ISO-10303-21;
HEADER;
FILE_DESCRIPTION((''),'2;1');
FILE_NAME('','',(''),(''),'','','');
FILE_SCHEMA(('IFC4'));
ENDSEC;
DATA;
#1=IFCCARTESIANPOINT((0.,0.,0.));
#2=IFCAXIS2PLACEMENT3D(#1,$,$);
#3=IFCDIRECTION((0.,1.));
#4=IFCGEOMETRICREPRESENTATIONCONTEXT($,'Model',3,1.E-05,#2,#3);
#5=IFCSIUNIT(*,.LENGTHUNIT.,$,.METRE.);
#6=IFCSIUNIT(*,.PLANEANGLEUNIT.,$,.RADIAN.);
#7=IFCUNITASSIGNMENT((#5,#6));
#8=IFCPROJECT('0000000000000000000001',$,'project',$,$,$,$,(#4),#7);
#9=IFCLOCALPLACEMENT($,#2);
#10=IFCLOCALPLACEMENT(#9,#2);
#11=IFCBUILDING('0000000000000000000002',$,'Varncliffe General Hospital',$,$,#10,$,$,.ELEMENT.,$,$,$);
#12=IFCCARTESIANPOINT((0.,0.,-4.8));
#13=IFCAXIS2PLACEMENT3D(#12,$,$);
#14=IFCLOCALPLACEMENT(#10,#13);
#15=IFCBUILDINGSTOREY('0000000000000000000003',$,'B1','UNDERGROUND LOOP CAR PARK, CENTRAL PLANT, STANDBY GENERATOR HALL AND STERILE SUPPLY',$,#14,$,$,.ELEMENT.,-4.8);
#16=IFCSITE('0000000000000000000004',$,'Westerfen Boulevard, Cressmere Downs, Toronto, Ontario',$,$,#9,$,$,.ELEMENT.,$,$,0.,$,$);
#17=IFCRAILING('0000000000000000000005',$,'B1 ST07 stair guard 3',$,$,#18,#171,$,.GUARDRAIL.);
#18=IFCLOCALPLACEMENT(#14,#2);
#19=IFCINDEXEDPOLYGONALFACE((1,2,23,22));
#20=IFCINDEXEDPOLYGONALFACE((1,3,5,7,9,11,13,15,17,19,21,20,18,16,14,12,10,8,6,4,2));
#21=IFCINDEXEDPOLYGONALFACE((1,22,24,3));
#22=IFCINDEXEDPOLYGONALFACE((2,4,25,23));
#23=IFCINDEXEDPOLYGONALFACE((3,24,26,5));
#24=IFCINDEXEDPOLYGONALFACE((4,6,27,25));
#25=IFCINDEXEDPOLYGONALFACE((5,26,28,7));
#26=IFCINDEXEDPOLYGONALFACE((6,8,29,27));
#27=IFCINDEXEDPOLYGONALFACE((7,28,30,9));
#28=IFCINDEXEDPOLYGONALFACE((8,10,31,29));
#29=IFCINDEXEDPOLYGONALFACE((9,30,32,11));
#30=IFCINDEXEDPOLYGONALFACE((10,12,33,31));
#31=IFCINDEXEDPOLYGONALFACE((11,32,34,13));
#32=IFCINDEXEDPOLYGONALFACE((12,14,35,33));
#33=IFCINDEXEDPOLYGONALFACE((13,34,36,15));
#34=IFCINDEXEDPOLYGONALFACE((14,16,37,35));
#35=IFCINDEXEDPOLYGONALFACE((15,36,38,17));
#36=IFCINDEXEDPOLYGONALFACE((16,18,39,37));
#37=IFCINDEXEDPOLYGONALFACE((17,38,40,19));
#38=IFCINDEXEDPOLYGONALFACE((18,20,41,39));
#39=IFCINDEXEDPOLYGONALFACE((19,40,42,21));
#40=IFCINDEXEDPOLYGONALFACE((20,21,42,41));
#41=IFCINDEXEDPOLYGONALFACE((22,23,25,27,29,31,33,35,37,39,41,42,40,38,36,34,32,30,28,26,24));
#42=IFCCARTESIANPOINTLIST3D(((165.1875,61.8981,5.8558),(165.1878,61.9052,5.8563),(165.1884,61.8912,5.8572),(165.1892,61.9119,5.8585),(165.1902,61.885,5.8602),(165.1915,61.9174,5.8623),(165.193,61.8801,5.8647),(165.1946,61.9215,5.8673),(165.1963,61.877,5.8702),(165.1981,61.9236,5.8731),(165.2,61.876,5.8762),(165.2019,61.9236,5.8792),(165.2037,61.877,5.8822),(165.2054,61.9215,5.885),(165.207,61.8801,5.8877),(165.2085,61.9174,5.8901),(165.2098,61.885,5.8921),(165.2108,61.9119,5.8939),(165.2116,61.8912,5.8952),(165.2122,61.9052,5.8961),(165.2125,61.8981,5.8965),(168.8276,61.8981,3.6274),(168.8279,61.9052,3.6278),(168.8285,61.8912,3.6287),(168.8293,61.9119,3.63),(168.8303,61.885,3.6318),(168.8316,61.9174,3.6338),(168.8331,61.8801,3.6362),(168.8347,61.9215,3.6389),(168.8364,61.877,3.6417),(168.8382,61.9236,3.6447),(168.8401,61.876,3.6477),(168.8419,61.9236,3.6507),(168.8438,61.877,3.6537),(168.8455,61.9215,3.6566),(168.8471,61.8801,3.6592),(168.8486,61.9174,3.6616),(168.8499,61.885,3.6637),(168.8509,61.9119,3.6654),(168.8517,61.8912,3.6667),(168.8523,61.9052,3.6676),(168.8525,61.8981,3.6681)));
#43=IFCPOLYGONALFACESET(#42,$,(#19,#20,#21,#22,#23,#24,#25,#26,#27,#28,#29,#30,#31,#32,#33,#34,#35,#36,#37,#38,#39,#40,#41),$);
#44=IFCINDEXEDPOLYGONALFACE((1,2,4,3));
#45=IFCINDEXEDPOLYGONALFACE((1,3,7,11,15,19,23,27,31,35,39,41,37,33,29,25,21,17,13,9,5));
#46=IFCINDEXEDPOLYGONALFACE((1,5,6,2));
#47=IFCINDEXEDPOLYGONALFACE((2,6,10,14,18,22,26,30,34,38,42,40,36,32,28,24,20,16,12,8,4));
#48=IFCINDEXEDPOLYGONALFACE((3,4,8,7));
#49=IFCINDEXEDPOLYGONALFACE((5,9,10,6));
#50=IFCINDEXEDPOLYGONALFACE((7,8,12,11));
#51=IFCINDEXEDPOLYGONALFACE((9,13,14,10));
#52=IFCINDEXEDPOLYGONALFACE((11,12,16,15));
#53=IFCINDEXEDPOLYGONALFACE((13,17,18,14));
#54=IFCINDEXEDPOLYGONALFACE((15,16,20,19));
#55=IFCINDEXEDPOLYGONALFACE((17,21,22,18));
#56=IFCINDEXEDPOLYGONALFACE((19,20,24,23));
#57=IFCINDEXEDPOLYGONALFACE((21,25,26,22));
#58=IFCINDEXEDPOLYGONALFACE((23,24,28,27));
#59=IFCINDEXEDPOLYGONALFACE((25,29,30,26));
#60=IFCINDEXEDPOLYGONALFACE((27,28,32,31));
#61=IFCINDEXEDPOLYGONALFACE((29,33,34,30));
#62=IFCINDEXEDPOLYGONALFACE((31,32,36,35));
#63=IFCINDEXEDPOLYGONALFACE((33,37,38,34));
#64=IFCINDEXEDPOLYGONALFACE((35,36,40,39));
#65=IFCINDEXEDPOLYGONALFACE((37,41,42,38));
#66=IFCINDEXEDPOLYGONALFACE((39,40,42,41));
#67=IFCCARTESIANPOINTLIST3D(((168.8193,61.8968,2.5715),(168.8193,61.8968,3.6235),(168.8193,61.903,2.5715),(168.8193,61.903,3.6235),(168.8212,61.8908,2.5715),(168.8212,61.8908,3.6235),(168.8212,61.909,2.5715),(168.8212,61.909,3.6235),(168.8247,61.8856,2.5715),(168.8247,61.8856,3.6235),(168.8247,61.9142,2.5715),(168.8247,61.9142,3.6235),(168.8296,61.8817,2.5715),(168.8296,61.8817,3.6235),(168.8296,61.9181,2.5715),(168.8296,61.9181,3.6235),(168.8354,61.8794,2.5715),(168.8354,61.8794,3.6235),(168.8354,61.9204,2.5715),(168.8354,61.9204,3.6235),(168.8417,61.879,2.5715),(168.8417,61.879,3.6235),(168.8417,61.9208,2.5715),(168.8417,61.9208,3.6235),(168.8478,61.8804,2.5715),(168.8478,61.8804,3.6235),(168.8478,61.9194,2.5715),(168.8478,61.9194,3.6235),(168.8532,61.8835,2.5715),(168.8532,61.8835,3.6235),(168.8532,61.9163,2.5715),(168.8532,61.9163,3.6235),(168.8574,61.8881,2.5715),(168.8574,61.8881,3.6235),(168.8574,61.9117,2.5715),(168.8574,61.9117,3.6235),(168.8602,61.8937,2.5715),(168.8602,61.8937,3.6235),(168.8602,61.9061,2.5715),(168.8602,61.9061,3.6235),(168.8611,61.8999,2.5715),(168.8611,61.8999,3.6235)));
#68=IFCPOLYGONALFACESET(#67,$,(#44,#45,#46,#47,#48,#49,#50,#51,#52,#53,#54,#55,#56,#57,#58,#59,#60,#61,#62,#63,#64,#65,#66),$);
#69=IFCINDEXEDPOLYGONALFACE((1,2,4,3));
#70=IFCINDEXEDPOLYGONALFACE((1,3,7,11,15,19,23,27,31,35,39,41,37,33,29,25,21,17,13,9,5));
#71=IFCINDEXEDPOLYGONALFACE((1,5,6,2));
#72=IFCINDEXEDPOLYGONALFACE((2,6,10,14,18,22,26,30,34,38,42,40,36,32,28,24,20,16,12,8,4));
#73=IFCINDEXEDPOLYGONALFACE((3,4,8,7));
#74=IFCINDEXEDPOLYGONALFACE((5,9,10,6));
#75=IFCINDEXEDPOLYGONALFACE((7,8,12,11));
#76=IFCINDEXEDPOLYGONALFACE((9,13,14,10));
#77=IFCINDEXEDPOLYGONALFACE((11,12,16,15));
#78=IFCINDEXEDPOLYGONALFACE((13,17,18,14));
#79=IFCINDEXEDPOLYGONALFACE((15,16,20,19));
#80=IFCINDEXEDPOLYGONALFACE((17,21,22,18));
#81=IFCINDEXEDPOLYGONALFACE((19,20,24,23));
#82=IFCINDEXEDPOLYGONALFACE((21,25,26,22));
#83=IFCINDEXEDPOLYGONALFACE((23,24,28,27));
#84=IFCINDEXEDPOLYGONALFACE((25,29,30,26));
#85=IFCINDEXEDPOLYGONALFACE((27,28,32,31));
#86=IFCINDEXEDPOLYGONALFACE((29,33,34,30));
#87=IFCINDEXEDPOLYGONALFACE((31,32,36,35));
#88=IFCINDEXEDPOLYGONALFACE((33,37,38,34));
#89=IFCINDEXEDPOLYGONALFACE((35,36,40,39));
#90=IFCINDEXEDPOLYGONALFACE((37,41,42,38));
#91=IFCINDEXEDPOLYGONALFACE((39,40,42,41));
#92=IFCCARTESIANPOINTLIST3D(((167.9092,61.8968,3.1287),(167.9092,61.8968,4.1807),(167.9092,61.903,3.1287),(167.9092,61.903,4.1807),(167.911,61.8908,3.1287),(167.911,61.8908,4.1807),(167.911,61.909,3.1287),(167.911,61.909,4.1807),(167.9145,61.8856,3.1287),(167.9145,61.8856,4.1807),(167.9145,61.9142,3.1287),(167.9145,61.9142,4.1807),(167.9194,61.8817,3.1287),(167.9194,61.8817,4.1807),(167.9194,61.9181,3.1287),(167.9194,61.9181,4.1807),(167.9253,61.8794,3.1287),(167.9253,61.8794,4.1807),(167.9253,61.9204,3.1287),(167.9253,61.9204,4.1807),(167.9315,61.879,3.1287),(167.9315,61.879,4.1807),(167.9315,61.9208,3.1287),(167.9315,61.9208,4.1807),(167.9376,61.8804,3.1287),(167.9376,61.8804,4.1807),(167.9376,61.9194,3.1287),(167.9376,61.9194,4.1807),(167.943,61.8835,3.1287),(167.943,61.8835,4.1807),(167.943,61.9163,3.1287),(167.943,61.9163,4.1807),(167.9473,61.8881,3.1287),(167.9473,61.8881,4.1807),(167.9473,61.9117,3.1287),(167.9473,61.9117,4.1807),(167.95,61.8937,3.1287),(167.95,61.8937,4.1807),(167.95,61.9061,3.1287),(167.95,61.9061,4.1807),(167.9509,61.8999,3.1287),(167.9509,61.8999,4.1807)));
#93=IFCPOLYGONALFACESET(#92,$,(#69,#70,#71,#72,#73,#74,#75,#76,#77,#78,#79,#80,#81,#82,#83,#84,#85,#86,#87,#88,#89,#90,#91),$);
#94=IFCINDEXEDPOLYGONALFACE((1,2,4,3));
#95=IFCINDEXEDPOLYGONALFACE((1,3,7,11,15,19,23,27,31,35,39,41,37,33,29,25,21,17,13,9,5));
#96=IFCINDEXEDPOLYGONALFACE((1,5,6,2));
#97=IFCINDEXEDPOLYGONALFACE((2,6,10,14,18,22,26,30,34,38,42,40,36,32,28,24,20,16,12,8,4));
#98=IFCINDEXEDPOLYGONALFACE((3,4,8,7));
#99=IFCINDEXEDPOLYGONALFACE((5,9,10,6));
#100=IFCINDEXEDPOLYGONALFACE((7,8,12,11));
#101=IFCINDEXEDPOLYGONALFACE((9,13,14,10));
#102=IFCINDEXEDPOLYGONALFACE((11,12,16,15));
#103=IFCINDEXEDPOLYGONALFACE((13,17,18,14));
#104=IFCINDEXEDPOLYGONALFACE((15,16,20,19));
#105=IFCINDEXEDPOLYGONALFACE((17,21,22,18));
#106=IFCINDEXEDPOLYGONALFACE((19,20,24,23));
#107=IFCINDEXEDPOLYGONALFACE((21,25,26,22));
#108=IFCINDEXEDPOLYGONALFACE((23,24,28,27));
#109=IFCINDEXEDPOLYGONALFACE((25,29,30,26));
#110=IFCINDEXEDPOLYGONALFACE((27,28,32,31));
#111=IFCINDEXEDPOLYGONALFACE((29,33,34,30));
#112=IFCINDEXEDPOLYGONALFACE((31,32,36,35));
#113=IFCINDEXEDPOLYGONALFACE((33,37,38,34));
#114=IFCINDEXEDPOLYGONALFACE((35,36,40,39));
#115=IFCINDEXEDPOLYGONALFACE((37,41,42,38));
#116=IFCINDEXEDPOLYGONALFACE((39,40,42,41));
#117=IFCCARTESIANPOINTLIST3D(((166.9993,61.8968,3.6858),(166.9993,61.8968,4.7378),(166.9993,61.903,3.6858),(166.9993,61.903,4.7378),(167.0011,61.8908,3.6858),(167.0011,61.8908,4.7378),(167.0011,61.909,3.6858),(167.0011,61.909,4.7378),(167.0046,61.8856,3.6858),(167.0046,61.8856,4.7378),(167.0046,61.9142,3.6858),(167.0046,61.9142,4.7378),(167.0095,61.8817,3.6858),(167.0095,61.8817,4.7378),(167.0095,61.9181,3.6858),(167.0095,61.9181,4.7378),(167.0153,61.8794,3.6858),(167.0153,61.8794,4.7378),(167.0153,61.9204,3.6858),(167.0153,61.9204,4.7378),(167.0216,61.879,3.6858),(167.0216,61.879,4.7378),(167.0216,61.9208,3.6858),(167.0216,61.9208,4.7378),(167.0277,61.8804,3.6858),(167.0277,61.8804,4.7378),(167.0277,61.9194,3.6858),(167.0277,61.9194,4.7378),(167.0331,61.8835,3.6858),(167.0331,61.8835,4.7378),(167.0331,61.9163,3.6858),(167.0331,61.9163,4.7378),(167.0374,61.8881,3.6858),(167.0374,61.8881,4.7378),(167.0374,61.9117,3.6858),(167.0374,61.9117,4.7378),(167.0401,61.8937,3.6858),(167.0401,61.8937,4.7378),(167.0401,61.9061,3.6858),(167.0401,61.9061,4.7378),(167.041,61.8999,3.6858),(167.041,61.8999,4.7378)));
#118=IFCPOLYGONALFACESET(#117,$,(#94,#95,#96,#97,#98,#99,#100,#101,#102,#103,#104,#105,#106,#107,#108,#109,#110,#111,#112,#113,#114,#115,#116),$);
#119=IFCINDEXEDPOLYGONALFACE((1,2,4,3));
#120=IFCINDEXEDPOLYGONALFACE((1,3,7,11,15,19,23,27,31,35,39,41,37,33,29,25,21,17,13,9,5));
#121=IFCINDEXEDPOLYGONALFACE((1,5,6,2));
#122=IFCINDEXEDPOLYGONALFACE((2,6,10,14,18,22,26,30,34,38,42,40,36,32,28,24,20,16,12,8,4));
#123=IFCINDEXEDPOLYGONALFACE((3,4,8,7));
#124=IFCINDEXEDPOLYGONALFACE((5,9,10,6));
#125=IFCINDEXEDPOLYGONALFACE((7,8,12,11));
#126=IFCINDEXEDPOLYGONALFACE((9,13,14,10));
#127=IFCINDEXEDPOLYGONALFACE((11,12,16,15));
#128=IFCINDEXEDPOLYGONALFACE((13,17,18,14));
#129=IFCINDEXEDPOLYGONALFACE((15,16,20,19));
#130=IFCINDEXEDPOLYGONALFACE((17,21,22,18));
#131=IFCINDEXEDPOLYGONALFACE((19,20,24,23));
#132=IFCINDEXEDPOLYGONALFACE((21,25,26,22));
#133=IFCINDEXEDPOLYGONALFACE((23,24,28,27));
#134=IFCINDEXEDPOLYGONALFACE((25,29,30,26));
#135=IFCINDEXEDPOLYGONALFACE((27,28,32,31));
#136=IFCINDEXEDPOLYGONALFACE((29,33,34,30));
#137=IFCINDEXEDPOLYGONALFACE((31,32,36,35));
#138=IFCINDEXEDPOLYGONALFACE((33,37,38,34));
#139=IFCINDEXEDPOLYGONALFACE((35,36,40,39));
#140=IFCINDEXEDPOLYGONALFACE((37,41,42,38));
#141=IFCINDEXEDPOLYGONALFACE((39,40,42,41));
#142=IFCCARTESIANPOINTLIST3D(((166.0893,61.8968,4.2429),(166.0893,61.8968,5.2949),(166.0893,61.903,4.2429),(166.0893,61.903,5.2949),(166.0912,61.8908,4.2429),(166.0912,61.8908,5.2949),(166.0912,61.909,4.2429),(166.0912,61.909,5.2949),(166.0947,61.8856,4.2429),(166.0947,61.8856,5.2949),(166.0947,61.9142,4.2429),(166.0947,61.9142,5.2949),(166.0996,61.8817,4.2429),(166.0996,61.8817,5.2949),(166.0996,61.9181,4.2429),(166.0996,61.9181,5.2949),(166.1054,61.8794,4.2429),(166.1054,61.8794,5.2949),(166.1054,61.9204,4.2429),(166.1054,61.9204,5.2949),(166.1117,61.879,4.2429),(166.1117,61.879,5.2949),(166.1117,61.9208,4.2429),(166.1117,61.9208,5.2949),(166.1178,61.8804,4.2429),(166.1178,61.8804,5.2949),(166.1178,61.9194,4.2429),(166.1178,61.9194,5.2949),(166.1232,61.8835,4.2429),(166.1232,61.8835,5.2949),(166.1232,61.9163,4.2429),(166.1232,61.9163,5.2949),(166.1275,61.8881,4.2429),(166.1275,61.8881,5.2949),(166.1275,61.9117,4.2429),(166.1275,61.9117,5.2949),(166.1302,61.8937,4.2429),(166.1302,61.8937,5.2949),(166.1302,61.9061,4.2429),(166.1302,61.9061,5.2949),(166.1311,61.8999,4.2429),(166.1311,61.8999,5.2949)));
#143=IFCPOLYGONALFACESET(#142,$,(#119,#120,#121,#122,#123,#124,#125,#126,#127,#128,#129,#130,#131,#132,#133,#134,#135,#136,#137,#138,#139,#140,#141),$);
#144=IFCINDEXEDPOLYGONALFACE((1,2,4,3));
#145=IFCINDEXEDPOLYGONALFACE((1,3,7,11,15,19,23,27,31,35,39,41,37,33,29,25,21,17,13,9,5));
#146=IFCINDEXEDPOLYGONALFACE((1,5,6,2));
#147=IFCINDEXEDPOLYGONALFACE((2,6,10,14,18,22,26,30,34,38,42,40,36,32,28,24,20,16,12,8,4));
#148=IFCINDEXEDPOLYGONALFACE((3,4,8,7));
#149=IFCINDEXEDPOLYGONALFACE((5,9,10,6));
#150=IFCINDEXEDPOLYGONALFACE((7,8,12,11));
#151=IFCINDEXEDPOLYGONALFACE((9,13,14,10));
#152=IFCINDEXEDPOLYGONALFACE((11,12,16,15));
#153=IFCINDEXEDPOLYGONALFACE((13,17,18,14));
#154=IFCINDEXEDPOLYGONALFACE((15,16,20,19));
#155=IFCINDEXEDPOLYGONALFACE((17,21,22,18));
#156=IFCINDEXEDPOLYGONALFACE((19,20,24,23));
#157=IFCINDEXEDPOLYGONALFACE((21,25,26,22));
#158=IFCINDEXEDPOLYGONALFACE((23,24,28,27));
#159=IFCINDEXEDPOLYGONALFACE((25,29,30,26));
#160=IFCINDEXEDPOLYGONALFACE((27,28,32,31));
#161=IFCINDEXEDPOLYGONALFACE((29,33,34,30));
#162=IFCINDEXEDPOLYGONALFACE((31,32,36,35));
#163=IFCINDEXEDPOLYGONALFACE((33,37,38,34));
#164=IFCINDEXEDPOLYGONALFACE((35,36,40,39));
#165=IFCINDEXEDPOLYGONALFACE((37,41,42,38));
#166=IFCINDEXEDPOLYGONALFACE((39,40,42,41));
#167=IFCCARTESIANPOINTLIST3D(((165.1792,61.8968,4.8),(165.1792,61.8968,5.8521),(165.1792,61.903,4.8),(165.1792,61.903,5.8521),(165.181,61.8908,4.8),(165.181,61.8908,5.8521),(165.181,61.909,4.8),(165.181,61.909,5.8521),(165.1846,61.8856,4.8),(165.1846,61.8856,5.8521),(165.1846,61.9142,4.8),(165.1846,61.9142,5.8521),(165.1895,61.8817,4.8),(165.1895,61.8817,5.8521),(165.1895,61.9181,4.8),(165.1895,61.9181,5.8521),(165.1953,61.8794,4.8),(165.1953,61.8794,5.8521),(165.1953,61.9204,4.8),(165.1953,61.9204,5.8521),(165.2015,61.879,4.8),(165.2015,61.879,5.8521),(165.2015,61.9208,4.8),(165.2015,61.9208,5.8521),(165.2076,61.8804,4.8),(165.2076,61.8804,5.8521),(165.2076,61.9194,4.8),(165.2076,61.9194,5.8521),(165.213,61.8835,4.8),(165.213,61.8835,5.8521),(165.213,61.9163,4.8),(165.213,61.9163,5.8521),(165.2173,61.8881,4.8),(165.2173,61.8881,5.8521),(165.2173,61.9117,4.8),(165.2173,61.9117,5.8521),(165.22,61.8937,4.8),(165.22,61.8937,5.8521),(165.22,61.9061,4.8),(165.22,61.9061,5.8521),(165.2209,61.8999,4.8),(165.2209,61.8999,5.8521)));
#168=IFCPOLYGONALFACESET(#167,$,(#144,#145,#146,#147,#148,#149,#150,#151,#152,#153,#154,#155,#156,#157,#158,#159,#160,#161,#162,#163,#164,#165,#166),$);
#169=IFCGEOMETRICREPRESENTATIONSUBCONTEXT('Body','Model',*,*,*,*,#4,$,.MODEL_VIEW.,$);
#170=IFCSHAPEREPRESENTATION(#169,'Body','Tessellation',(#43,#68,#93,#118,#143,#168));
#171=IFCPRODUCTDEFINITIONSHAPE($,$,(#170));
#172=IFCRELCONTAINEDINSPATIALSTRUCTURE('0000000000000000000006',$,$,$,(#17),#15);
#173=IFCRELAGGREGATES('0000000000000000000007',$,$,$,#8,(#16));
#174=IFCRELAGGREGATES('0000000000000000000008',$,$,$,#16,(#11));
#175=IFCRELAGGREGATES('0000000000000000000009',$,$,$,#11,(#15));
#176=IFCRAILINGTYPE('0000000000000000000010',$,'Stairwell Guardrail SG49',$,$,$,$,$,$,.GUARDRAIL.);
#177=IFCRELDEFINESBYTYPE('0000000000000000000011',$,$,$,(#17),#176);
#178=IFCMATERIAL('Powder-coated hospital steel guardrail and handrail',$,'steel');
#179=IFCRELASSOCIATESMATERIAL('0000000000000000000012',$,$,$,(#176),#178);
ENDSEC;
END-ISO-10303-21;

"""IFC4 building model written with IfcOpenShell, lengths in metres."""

from ifc_helpers import new_model, si_unit, direction, frame, origin, origin_2d, place, context, subcontext, project, spatial, circle, extrude, material, type_object, element, save


model = new_model("IFC4")

# Units and contexts
model_context = context("Model", 3, precision=1e-05, world=origin(), true_north=direction((0.0, 1.0)))
body_context = subcontext(model_context, "Body", "Model", "MODEL_VIEW")
ifc_project = project(units=[si_unit("LENGTHUNIT", "METRE"), si_unit("PLANEANGLEUNIT", "RADIAN")], contexts=[model_context])

# Site, building, storey
site_placement = place(None, origin())
site = spatial("IfcSite", under=ifc_project, at=site_placement, Name="Westerfen Boulevard, Cressmere Downs, Toronto, Ontario", CompositionType="ELEMENT", RefElevation=0.0)
building_placement = place(site_placement, origin())
building = spatial("IfcBuilding", under=site, at=building_placement, Name="Varncliffe General Hospital", CompositionType="ELEMENT")
storey_placement = place(building_placement, frame((0.0, 0.0, -4.8)))
storey = spatial("IfcBuildingStorey", under=building, at=storey_placement, Name="B1", Description="UNDERGROUND LOOP CAR PARK, CENTRAL PLANT, STANDBY GENERATOR HALL AND STERILE SUPPLY", CompositionType="ELEMENT", Elevation=-4.8)

# Railing
ifc_material_1 = material(Name="Powder-coated hospital steel guardrail and handrail", Category="steel")
railing_type_1 = type_object("IfcRailingType", Name="Stairwell Guardrail SG49", PredefinedType="GUARDRAIL", material=ifc_material_1)
railing_1_placement = place(storey_placement, frame((168.8401, 61.8999, 2.5715)))
element("IfcRailing", 1, at=railing_1_placement, inside=storey, type_object=railing_type_1, Name="B1 ST07 stair guard 3", PredefinedType="GUARDRAIL", context=body_context, shape_type="SweptSolid", body=[
    extrude(circle(Radius=0.0239, at=origin_2d()), frame((0.0, 0.0, 1.0762), z_axis=(-0.852866, 0.0, 0.52213), x_axis=(0.0, -1.0, 0.0)), (0.0, 0.0, 1.0), 4.2681),
    extrude(circle(Radius=0.021, at=origin_2d()), origin(), (0.0, 0.0, 1.0), 1.052),
    extrude(circle(Radius=0.021, at=origin_2d()), frame((-0.9102, 0.0, 0.5571)), (0.0, 0.0, 1.0), 1.052),
    extrude(circle(Radius=0.021, at=origin_2d()), frame((-1.8201, 0.0, 1.1143)), (0.0, 0.0, 1.0), 1.052),
    extrude(circle(Radius=0.021, at=origin_2d()), frame((-2.73, 0.0, 1.6714)), (0.0, 0.0, 1.0), 1.052),
    extrude(circle(Radius=0.021, at=origin_2d()), frame((-3.6401, 0.0, 2.2285)), (0.0, 0.0, 1.0), 1.052),
])

save(model, "model.ifc")
